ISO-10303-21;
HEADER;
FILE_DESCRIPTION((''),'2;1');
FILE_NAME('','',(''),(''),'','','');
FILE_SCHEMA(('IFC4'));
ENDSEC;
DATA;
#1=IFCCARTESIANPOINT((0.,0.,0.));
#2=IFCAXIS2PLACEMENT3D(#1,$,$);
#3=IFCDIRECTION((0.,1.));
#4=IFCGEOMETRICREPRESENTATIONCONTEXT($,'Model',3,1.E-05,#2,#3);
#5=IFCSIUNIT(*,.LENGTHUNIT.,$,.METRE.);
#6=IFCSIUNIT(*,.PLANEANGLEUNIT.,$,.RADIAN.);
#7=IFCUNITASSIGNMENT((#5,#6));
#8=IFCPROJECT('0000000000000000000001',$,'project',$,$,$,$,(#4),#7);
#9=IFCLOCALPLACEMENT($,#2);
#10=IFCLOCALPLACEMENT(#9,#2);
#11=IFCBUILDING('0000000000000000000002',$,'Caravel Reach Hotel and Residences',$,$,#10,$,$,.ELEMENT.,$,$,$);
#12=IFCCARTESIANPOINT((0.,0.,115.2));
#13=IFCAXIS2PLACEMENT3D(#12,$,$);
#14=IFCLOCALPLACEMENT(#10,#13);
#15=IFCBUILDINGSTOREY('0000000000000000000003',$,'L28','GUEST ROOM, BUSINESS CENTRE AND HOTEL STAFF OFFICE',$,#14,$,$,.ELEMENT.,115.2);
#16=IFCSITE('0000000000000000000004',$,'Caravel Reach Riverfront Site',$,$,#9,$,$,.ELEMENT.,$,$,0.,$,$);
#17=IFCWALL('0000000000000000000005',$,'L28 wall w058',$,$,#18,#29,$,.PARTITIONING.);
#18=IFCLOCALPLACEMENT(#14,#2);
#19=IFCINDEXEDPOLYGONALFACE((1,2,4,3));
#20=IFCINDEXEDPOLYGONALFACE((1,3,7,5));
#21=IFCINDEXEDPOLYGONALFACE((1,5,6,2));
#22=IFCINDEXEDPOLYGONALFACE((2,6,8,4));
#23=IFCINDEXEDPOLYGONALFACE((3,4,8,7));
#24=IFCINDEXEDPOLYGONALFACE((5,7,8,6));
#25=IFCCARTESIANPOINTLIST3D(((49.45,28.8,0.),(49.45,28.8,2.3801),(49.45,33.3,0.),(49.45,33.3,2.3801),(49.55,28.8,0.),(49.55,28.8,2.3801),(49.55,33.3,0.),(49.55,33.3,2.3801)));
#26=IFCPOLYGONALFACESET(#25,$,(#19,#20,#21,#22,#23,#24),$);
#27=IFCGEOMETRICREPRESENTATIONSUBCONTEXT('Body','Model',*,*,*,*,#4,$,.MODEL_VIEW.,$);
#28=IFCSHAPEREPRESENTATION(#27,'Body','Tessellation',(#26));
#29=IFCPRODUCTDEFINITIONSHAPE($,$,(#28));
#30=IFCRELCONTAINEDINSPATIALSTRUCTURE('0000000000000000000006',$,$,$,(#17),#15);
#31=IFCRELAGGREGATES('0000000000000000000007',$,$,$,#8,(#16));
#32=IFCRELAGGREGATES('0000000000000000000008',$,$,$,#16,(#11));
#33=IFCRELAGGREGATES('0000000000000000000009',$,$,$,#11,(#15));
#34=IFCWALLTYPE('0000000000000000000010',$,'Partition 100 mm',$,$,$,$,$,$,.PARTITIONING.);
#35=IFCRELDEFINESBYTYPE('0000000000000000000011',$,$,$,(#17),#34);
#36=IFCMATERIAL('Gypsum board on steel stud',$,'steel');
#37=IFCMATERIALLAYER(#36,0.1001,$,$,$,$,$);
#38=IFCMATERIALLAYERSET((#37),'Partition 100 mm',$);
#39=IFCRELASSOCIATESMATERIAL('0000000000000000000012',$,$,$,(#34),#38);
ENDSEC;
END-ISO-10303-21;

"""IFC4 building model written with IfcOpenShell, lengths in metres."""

from ifc_helpers import new_model, si_unit, direction, frame, frame_2d, origin, place, context, subcontext, project, spatial, rectangle, extrude, material, layer, layer_set, type_object, element, save


model = new_model("IFC4")

# Units and contexts
model_context = context("Model", 3, precision=1e-05, world=origin(), true_north=direction((0.0, 1.0)))
body_context = subcontext(model_context, "Body", "Model", "MODEL_VIEW")
ifc_project = project(units=[si_unit("LENGTHUNIT", "METRE"), si_unit("PLANEANGLEUNIT", "RADIAN")], contexts=[model_context])

# Site, building, storey
site_placement = place(None, origin())
site = spatial("IfcSite", under=ifc_project, at=site_placement, Name="Caravel Reach Riverfront Site", CompositionType="ELEMENT", RefElevation=0.0)
building_placement = place(site_placement, origin())
building = spatial("IfcBuilding", under=site, at=building_placement, Name="Caravel Reach Hotel and Residences", CompositionType="ELEMENT")
storey_placement = place(building_placement, frame((0.0, 0.0, 115.2)))
storey = spatial("IfcBuildingStorey", under=building, at=storey_placement, Name="L28", Description="GUEST ROOM, BUSINESS CENTRE AND HOTEL STAFF OFFICE", CompositionType="ELEMENT", Elevation=115.2)

# Wall
ifc_material_1 = material(Name="Gypsum board on steel stud", Category="steel")
ifc_layer_1 = layer(ifc_material_1, 0.1001)
ifc_layer_set_1 = layer_set([ifc_layer_1], Name="Partition 100 mm")
wall_type_1 = type_object("IfcWallType", Name="Partition 100 mm", PredefinedType="PARTITIONING", material=ifc_layer_set_1)
wall_1_placement = place(storey_placement, frame((49.5, 28.8, 0.0), z_axis=(0.0, 0.0, 1.0), x_axis=(0.0, 1.0, 0.0)))
element("IfcWall", 1, at=wall_1_placement, inside=storey, type_object=wall_type_1, Name="L28 wall w058", PredefinedType="PARTITIONING", context=body_context, shape_type="SweptSolid", body=[
    extrude(rectangle(XDim=4.5, YDim=0.1001, at=frame_2d((2.25, 0.0))), origin(), (0.0, 0.0, 1.0), 2.3801),
])

save(model, "model.ifc")
